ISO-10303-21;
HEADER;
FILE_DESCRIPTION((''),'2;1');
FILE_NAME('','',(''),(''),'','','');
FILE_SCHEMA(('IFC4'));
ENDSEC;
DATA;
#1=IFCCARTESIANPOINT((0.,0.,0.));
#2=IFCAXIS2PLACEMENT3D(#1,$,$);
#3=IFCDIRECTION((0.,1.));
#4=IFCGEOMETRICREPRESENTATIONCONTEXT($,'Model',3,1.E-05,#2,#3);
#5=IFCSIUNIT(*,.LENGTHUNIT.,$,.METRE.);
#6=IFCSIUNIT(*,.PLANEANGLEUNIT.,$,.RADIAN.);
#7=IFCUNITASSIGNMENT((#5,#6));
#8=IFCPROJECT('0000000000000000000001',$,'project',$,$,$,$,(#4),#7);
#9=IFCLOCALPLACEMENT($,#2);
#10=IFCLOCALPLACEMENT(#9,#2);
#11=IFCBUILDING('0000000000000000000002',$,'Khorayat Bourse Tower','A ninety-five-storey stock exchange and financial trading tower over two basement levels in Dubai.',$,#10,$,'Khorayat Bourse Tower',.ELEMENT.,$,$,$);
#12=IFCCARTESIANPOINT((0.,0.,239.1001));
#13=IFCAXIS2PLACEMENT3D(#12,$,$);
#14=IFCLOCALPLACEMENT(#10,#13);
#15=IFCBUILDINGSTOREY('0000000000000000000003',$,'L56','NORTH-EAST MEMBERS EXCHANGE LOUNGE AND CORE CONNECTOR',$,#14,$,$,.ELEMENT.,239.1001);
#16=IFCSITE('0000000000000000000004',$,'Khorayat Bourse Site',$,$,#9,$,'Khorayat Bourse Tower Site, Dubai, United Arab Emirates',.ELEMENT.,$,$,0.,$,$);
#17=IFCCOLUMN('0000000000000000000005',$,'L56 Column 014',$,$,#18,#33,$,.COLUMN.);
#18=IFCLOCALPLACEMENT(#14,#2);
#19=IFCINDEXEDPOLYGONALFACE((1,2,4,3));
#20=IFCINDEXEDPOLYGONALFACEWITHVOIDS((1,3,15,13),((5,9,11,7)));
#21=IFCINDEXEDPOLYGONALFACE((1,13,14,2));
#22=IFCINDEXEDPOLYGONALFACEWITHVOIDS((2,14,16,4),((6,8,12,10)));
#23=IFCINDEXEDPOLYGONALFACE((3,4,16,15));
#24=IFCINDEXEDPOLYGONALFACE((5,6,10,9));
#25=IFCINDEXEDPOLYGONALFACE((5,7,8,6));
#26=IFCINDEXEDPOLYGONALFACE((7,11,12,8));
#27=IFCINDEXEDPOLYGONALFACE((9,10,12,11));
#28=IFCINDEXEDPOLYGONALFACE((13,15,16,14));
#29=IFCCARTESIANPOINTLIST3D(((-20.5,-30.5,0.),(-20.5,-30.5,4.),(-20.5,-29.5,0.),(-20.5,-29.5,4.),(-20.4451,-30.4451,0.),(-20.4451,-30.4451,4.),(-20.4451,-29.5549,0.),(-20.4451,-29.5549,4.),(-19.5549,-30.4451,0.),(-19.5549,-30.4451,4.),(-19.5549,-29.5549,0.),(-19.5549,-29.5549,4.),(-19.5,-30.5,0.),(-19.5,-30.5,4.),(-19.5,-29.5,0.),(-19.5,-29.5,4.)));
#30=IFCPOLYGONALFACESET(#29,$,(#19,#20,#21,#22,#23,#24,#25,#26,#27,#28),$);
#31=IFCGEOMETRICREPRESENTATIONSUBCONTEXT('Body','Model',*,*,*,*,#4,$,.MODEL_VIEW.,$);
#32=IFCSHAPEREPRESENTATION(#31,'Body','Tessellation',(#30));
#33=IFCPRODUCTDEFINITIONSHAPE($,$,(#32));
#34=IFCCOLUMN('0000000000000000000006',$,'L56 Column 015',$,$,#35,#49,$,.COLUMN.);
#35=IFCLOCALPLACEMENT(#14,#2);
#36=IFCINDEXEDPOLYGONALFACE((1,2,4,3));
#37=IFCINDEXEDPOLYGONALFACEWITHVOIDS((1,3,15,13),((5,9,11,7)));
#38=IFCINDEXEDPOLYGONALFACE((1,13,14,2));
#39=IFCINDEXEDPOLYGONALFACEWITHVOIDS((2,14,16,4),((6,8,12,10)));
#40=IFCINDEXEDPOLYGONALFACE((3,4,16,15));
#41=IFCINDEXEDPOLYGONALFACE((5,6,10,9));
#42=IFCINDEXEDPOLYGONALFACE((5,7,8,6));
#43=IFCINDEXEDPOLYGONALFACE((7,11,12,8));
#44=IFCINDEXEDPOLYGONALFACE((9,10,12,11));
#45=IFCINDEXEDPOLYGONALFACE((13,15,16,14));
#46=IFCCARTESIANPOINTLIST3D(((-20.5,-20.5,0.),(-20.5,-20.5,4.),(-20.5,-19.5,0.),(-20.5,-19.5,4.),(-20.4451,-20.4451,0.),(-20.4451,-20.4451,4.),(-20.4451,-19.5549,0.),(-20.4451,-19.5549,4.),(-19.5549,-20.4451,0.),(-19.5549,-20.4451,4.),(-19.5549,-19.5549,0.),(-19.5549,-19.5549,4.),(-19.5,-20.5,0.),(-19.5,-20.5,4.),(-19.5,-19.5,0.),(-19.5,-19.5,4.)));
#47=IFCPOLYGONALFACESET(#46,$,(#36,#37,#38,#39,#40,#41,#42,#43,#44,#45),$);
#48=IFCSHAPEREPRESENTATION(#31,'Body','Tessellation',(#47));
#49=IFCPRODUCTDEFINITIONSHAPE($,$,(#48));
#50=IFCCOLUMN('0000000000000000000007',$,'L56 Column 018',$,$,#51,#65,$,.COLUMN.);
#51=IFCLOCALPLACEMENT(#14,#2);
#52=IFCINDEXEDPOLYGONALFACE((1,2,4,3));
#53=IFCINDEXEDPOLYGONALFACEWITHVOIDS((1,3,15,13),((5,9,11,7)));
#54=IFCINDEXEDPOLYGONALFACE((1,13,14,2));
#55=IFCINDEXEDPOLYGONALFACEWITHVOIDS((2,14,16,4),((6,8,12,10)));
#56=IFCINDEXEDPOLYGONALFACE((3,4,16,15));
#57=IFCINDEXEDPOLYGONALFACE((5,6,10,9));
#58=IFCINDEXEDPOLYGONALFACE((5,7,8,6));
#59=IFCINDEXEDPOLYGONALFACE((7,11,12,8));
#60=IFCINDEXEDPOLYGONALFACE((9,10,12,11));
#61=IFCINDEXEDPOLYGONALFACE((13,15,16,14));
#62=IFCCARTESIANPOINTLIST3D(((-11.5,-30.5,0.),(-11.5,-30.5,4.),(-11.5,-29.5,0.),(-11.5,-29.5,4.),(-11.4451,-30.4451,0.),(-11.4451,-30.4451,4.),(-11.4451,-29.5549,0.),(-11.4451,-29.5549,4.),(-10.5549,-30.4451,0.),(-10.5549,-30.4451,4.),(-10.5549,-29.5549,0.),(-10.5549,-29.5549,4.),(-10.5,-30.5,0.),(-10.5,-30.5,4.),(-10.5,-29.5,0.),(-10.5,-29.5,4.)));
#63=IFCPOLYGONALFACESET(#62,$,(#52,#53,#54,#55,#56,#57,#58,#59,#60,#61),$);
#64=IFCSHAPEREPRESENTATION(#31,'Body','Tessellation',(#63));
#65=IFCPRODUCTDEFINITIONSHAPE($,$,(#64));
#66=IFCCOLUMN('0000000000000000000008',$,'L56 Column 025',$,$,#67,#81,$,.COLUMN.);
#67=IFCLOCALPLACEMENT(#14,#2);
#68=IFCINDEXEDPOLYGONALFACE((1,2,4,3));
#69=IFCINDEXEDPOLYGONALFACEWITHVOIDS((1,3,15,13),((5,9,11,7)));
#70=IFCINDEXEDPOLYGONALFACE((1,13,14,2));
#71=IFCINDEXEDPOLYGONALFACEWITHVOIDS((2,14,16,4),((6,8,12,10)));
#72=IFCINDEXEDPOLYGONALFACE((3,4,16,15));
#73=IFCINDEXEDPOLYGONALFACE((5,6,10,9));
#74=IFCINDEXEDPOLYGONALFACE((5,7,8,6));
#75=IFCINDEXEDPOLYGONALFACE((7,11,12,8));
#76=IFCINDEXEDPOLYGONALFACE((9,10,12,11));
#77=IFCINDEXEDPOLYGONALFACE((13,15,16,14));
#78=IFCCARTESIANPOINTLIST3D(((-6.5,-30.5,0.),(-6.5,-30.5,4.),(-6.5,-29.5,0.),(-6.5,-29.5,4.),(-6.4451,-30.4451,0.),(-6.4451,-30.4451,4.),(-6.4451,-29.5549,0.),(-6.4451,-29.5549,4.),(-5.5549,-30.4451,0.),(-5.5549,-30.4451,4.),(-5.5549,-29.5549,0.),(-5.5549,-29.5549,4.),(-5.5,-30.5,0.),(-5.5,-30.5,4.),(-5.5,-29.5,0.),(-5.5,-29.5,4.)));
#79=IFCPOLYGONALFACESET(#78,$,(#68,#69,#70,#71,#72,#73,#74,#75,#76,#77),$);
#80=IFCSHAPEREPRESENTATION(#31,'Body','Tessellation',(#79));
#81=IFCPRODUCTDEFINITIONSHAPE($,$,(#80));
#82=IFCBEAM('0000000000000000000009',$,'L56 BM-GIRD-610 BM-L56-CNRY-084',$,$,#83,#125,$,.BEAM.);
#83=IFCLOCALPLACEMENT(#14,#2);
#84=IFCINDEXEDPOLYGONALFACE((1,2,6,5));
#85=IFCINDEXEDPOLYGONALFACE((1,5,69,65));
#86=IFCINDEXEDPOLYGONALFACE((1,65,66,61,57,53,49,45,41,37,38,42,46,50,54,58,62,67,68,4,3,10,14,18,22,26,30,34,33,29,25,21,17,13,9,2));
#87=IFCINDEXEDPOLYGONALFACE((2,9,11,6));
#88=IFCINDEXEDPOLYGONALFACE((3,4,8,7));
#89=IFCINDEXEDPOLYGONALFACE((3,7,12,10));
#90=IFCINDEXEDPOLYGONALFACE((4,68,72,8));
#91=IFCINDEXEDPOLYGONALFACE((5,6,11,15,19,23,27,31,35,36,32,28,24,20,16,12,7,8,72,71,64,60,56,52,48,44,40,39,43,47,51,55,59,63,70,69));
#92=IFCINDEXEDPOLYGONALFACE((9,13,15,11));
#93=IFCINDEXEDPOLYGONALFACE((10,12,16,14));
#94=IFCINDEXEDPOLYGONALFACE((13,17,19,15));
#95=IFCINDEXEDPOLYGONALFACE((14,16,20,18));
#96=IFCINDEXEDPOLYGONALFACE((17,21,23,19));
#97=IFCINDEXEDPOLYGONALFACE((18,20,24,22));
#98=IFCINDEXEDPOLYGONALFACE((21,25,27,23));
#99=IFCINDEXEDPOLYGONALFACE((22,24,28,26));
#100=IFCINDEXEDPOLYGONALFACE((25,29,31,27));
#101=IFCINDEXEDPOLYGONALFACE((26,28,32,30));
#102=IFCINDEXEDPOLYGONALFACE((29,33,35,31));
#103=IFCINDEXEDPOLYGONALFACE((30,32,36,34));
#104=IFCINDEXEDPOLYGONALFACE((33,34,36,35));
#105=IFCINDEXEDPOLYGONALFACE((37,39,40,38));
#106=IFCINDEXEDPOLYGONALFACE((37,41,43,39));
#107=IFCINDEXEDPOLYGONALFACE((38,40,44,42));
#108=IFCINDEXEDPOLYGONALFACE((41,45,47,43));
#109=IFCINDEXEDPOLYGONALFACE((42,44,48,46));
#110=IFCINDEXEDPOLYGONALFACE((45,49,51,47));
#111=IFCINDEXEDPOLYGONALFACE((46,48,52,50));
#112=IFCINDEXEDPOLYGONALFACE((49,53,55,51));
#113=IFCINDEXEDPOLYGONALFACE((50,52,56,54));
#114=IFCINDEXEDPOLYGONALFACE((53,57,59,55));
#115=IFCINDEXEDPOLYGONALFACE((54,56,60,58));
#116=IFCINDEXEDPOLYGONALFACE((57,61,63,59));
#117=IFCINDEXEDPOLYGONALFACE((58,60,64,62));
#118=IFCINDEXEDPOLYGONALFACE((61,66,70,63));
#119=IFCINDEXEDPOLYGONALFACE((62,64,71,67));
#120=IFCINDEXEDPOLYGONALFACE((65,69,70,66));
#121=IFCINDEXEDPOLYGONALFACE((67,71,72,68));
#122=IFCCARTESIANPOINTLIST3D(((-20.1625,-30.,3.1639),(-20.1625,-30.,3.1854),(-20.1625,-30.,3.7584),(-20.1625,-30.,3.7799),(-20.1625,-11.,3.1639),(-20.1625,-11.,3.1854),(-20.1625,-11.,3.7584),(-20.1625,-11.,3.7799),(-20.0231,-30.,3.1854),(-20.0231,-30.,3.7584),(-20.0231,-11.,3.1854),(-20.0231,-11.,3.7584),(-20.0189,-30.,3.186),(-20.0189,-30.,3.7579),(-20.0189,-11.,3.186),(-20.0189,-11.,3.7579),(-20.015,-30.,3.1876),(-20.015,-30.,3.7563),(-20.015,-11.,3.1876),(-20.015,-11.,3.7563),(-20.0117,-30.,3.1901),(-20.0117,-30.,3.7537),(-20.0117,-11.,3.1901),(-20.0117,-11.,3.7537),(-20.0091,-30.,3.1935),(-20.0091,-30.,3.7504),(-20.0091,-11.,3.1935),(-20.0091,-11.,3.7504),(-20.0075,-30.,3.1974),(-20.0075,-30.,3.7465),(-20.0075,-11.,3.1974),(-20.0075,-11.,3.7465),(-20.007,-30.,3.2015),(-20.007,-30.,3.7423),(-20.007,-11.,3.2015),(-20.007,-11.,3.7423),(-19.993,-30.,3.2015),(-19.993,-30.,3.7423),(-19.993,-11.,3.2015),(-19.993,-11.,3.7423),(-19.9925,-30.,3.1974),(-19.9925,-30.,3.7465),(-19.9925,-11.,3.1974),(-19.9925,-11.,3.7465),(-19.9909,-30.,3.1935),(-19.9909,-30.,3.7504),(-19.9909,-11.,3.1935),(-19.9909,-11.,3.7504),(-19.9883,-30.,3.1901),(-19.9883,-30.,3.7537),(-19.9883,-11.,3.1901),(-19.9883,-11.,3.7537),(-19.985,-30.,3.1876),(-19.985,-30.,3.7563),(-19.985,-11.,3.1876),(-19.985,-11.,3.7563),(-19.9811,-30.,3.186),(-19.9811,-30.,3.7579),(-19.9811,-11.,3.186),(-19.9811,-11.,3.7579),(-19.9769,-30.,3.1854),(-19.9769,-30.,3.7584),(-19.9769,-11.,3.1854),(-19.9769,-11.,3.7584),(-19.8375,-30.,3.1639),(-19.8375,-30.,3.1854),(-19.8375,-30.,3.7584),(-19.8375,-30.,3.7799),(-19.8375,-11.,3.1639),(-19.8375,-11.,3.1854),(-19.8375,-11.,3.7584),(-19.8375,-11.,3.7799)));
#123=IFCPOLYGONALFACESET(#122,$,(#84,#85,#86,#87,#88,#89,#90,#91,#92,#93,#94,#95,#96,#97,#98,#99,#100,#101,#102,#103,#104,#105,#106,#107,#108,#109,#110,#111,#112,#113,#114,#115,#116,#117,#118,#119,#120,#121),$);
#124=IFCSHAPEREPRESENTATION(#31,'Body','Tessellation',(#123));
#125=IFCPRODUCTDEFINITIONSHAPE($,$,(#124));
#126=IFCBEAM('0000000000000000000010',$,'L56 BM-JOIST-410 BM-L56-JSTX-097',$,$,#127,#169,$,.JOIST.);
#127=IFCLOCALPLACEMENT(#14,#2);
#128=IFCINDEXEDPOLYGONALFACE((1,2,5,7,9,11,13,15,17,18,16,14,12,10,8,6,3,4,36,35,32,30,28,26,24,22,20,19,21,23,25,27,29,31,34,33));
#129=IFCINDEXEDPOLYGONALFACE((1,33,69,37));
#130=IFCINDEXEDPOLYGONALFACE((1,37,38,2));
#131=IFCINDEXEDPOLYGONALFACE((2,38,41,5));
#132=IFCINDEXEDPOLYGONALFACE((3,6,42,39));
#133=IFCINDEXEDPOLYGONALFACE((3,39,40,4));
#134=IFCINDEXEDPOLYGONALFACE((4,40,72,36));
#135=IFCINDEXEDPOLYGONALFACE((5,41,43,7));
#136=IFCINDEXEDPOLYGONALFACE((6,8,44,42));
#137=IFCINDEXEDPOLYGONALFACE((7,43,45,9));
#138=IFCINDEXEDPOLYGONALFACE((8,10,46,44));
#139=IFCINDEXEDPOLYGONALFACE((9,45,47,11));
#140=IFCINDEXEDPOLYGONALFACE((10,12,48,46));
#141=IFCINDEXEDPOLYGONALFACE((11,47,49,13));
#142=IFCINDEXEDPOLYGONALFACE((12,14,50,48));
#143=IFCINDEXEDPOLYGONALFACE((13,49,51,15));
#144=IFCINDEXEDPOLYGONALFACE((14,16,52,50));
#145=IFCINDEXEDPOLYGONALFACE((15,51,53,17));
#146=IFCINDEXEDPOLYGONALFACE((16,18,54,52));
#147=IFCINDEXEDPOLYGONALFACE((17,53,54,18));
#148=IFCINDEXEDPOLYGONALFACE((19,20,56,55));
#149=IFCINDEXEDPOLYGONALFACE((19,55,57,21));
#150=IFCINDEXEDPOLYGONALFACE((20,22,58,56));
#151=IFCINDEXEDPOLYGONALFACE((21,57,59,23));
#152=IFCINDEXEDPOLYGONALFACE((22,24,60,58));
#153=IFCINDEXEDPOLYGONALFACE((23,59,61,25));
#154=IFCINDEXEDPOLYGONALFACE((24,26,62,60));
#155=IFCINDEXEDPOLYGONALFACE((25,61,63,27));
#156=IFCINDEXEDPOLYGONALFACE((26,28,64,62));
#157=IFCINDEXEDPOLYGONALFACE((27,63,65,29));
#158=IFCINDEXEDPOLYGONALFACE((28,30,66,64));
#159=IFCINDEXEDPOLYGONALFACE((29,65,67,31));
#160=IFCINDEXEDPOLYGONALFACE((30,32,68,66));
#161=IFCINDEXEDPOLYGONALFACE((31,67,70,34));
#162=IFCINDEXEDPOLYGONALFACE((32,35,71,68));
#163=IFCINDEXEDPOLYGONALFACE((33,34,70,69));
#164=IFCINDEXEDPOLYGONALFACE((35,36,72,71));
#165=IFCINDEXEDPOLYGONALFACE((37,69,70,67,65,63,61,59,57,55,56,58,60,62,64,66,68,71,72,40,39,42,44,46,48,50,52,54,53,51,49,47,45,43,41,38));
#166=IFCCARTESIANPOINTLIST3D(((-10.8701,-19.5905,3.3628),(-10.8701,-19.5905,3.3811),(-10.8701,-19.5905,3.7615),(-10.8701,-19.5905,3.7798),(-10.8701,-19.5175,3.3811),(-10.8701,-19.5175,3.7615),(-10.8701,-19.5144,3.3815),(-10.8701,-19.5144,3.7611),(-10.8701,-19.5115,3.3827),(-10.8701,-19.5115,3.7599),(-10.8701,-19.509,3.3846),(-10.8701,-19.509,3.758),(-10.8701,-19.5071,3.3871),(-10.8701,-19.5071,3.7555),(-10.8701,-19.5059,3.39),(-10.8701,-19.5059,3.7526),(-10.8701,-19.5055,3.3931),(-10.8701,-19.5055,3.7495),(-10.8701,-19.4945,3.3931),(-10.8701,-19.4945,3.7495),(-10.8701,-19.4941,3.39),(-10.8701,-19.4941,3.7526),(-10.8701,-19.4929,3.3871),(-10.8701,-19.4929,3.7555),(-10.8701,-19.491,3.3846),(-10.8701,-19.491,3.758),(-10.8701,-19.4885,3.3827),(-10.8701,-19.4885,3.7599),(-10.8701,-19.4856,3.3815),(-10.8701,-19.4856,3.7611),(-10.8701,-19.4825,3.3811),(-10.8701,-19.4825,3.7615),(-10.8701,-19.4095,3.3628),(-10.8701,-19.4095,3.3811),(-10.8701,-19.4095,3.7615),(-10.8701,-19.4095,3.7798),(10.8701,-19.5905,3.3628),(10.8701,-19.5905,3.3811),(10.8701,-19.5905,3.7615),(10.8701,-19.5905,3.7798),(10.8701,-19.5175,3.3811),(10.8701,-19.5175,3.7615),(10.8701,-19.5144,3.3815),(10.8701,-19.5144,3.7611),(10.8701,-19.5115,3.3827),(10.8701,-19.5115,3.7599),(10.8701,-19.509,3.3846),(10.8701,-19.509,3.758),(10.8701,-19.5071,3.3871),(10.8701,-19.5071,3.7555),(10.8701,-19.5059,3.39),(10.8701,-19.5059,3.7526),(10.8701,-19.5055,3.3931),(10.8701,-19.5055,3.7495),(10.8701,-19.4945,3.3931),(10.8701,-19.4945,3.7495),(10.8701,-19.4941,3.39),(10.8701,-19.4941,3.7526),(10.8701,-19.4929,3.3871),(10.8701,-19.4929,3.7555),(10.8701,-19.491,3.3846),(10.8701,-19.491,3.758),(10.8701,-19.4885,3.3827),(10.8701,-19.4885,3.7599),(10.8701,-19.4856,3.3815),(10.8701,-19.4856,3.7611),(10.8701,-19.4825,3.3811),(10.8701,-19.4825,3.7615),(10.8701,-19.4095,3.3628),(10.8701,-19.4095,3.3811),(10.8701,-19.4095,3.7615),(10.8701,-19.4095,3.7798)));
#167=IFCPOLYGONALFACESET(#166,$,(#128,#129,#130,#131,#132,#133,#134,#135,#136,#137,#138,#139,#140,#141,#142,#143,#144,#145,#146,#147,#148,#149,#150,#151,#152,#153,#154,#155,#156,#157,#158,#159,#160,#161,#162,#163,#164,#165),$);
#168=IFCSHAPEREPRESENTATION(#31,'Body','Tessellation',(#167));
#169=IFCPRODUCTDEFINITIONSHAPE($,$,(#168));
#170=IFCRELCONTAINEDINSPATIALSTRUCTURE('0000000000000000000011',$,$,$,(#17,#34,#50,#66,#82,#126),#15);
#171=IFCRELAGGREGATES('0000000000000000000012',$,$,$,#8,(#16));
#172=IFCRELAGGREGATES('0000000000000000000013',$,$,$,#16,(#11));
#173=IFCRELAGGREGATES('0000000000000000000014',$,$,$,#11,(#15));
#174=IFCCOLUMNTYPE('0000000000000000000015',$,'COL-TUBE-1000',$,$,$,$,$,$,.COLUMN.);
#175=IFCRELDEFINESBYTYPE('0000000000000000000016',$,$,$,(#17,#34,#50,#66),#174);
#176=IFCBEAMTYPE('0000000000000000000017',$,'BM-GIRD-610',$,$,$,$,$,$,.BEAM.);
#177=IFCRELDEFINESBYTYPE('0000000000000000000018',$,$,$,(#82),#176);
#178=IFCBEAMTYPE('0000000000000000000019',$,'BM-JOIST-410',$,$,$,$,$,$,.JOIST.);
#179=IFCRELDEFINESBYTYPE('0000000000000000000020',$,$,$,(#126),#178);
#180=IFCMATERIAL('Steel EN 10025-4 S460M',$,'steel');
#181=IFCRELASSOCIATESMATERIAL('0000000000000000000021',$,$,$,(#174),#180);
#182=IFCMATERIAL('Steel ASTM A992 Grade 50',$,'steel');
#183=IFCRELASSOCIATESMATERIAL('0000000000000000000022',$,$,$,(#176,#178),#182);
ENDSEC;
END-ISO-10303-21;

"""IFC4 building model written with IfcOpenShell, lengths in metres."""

from ifc_helpers import new_model, si_unit, direction, frame, origin, origin_2d, place, context, subcontext, project, spatial, hollow_rectangle, i_section, extrude, source, transform, mapped, material, material_profile, profile_set, type_object, element, save


model = new_model("IFC4")

# Units and contexts
model_context = context("Model", 3, precision=1e-05, world=origin(), true_north=direction((0.0, 1.0)))
body_context = subcontext(model_context, "Body", "Model", "MODEL_VIEW")
ifc_project = project(units=[si_unit("LENGTHUNIT", "METRE"), si_unit("PLANEANGLEUNIT", "RADIAN")], contexts=[model_context])

# Site, building, storey
site_placement = place(None, origin())
site = spatial("IfcSite", under=ifc_project, at=site_placement, Name="Khorayat Bourse Site", LongName="Khorayat Bourse Tower Site, Dubai, United Arab Emirates", CompositionType="ELEMENT", RefElevation=0.0)
building_placement = place(site_placement, origin())
building = spatial("IfcBuilding", under=site, at=building_placement, Name="Khorayat Bourse Tower", Description="A ninety-five-storey stock exchange and financial trading tower over two basement levels in Dubai.", LongName="Khorayat Bourse Tower", CompositionType="ELEMENT")
storey_placement = place(building_placement, frame((0.0, 0.0, 239.1001)))
storey = spatial("IfcBuildingStorey", under=building, at=storey_placement, Name="L56", Description="NORTH-EAST MEMBERS EXCHANGE LOUNGE AND CORE CONNECTOR", CompositionType="ELEMENT", Elevation=239.1001)

# Columns
ifc_material_1 = material(Name="Steel EN 10025-4 S460M", Category="steel")
ifc_material_profile_1 = material_profile(ifc_material_1, hollow_rectangle(XDim=1.0, YDim=1.0, WallThickness=0.0549, at=origin_2d()), Name="BOX 1000x1000x55")
ifc_profile_set_1 = profile_set([ifc_material_profile_1], Name="Steel EN 10025-4 S460M")
column_type = type_object("IfcColumnType", Name="COL-TUBE-1000", PredefinedType="COLUMN", material=ifc_profile_set_1)
shared_shape_1 = source(origin(), body_context, "Body", "SweptSolid", [
    extrude(hollow_rectangle(XDim=1.0, YDim=1.0, WallThickness=0.0549, at=origin_2d()), origin(), (0.0, 0.0, 1.0), 4.0),
])
for number, where, z_axis, x_axis, name in (
    (1, (-20.0, -30.0, 0.0), (0.0, 0.0, 1.0), (1.0, 0.0, 0.0), "L56 Column 014"),
    (2, (-20.0, -20.0, 0.0), (0.0, 0.0, 1.0), (1.0, 0.0, 0.0), "L56 Column 015"),
    (3, (-11.0, -30.0, 0.0), (0.0, 0.0, 1.0), (1.0, 0.0, 0.0), "L56 Column 018"),
    (4, (-6.0, -30.0, 0.0), (0.0, 0.0, 1.0), (1.0, 0.0, 0.0), "L56 Column 025"),
):
    element("IfcColumn", number, at=place(storey_placement, frame(where, z_axis=z_axis, x_axis=x_axis)), inside=storey, type_object=column_type, Name=name, PredefinedType="COLUMN", context=body_context, shape_type="MappedRepresentation", body=[
        mapped(shared_shape_1, transform((0.0, 0.0, 0.0), scale=1.0)),
    ])

# Beams
ifc_material_2 = material(Name="Steel ASTM A992 Grade 50", Category="steel")
ifc_material_profile_2 = material_profile(ifc_material_2, i_section(OverallWidth=0.325, OverallDepth=0.616, WebThickness=0.0139, FlangeThickness=0.0215, FilletRadius=0.0161, at=origin_2d()), Name="W610X174")
ifc_profile_set_2 = profile_set([ifc_material_profile_2], Name="Steel ASTM A992 Grade 50")
beam_type_1 = type_object("IfcBeamType", Name="BM-GIRD-610", PredefinedType="BEAM", material=ifc_profile_set_2)
shared_shape_2 = source(origin(), body_context, "Body", "SweptSolid", [
    extrude(i_section(OverallWidth=0.325, OverallDepth=0.616, WebThickness=0.0139, FlangeThickness=0.0215, FilletRadius=0.0161, at=origin_2d()), origin(), (0.0, 0.0, 1.0), 19.0),
])
beam_1_placement = place(storey_placement, frame((-20.0, -30.0, 3.4719), z_axis=(0.0, 1.0, 0.0), x_axis=(-1.0, 0.0, 0.0)))
element("IfcBeam", 5, at=beam_1_placement, inside=storey, type_object=beam_type_1, Name="L56 BM-GIRD-610 BM-L56-CNRY-084", PredefinedType="BEAM", context=body_context, shape_type="MappedRepresentation", body=[
    mapped(shared_shape_2, transform((0.0, 0.0, 0.0), scale=1.0)),
])
ifc_material_profile_3 = material_profile(ifc_material_2, i_section(OverallWidth=0.1809, OverallDepth=0.417, WebThickness=0.011, FlangeThickness=0.0183, FilletRadius=0.012, at=origin_2d()), Name="W410X85")
ifc_profile_set_3 = profile_set([ifc_material_profile_3], Name="Steel ASTM A992 Grade 50")
beam_type_2 = type_object("IfcBeamType", Name="BM-JOIST-410", PredefinedType="JOIST", material=ifc_profile_set_3)
shared_shape_3 = source(origin(), body_context, "Body", "SweptSolid", [
    extrude(i_section(OverallWidth=0.1809, OverallDepth=0.417, WebThickness=0.011, FlangeThickness=0.0183, FilletRadius=0.012, at=origin_2d()), origin(), (0.0, 0.0, 1.0), 21.7402),
])
beam_2_placement = place(storey_placement, frame((-10.8701, -19.5, 3.5713), z_axis=(1.0, 0.0, 0.0), x_axis=(0.0, 1.0, 0.0)))
element("IfcBeam", 6, at=beam_2_placement, inside=storey, type_object=beam_type_2, Name="L56 BM-JOIST-410 BM-L56-JSTX-097", PredefinedType="JOIST", context=body_context, shape_type="MappedRepresentation", body=[
    mapped(shared_shape_3, transform((0.0, 0.0, 0.0), scale=1.0)),
])

save(model, "model.ifc")
